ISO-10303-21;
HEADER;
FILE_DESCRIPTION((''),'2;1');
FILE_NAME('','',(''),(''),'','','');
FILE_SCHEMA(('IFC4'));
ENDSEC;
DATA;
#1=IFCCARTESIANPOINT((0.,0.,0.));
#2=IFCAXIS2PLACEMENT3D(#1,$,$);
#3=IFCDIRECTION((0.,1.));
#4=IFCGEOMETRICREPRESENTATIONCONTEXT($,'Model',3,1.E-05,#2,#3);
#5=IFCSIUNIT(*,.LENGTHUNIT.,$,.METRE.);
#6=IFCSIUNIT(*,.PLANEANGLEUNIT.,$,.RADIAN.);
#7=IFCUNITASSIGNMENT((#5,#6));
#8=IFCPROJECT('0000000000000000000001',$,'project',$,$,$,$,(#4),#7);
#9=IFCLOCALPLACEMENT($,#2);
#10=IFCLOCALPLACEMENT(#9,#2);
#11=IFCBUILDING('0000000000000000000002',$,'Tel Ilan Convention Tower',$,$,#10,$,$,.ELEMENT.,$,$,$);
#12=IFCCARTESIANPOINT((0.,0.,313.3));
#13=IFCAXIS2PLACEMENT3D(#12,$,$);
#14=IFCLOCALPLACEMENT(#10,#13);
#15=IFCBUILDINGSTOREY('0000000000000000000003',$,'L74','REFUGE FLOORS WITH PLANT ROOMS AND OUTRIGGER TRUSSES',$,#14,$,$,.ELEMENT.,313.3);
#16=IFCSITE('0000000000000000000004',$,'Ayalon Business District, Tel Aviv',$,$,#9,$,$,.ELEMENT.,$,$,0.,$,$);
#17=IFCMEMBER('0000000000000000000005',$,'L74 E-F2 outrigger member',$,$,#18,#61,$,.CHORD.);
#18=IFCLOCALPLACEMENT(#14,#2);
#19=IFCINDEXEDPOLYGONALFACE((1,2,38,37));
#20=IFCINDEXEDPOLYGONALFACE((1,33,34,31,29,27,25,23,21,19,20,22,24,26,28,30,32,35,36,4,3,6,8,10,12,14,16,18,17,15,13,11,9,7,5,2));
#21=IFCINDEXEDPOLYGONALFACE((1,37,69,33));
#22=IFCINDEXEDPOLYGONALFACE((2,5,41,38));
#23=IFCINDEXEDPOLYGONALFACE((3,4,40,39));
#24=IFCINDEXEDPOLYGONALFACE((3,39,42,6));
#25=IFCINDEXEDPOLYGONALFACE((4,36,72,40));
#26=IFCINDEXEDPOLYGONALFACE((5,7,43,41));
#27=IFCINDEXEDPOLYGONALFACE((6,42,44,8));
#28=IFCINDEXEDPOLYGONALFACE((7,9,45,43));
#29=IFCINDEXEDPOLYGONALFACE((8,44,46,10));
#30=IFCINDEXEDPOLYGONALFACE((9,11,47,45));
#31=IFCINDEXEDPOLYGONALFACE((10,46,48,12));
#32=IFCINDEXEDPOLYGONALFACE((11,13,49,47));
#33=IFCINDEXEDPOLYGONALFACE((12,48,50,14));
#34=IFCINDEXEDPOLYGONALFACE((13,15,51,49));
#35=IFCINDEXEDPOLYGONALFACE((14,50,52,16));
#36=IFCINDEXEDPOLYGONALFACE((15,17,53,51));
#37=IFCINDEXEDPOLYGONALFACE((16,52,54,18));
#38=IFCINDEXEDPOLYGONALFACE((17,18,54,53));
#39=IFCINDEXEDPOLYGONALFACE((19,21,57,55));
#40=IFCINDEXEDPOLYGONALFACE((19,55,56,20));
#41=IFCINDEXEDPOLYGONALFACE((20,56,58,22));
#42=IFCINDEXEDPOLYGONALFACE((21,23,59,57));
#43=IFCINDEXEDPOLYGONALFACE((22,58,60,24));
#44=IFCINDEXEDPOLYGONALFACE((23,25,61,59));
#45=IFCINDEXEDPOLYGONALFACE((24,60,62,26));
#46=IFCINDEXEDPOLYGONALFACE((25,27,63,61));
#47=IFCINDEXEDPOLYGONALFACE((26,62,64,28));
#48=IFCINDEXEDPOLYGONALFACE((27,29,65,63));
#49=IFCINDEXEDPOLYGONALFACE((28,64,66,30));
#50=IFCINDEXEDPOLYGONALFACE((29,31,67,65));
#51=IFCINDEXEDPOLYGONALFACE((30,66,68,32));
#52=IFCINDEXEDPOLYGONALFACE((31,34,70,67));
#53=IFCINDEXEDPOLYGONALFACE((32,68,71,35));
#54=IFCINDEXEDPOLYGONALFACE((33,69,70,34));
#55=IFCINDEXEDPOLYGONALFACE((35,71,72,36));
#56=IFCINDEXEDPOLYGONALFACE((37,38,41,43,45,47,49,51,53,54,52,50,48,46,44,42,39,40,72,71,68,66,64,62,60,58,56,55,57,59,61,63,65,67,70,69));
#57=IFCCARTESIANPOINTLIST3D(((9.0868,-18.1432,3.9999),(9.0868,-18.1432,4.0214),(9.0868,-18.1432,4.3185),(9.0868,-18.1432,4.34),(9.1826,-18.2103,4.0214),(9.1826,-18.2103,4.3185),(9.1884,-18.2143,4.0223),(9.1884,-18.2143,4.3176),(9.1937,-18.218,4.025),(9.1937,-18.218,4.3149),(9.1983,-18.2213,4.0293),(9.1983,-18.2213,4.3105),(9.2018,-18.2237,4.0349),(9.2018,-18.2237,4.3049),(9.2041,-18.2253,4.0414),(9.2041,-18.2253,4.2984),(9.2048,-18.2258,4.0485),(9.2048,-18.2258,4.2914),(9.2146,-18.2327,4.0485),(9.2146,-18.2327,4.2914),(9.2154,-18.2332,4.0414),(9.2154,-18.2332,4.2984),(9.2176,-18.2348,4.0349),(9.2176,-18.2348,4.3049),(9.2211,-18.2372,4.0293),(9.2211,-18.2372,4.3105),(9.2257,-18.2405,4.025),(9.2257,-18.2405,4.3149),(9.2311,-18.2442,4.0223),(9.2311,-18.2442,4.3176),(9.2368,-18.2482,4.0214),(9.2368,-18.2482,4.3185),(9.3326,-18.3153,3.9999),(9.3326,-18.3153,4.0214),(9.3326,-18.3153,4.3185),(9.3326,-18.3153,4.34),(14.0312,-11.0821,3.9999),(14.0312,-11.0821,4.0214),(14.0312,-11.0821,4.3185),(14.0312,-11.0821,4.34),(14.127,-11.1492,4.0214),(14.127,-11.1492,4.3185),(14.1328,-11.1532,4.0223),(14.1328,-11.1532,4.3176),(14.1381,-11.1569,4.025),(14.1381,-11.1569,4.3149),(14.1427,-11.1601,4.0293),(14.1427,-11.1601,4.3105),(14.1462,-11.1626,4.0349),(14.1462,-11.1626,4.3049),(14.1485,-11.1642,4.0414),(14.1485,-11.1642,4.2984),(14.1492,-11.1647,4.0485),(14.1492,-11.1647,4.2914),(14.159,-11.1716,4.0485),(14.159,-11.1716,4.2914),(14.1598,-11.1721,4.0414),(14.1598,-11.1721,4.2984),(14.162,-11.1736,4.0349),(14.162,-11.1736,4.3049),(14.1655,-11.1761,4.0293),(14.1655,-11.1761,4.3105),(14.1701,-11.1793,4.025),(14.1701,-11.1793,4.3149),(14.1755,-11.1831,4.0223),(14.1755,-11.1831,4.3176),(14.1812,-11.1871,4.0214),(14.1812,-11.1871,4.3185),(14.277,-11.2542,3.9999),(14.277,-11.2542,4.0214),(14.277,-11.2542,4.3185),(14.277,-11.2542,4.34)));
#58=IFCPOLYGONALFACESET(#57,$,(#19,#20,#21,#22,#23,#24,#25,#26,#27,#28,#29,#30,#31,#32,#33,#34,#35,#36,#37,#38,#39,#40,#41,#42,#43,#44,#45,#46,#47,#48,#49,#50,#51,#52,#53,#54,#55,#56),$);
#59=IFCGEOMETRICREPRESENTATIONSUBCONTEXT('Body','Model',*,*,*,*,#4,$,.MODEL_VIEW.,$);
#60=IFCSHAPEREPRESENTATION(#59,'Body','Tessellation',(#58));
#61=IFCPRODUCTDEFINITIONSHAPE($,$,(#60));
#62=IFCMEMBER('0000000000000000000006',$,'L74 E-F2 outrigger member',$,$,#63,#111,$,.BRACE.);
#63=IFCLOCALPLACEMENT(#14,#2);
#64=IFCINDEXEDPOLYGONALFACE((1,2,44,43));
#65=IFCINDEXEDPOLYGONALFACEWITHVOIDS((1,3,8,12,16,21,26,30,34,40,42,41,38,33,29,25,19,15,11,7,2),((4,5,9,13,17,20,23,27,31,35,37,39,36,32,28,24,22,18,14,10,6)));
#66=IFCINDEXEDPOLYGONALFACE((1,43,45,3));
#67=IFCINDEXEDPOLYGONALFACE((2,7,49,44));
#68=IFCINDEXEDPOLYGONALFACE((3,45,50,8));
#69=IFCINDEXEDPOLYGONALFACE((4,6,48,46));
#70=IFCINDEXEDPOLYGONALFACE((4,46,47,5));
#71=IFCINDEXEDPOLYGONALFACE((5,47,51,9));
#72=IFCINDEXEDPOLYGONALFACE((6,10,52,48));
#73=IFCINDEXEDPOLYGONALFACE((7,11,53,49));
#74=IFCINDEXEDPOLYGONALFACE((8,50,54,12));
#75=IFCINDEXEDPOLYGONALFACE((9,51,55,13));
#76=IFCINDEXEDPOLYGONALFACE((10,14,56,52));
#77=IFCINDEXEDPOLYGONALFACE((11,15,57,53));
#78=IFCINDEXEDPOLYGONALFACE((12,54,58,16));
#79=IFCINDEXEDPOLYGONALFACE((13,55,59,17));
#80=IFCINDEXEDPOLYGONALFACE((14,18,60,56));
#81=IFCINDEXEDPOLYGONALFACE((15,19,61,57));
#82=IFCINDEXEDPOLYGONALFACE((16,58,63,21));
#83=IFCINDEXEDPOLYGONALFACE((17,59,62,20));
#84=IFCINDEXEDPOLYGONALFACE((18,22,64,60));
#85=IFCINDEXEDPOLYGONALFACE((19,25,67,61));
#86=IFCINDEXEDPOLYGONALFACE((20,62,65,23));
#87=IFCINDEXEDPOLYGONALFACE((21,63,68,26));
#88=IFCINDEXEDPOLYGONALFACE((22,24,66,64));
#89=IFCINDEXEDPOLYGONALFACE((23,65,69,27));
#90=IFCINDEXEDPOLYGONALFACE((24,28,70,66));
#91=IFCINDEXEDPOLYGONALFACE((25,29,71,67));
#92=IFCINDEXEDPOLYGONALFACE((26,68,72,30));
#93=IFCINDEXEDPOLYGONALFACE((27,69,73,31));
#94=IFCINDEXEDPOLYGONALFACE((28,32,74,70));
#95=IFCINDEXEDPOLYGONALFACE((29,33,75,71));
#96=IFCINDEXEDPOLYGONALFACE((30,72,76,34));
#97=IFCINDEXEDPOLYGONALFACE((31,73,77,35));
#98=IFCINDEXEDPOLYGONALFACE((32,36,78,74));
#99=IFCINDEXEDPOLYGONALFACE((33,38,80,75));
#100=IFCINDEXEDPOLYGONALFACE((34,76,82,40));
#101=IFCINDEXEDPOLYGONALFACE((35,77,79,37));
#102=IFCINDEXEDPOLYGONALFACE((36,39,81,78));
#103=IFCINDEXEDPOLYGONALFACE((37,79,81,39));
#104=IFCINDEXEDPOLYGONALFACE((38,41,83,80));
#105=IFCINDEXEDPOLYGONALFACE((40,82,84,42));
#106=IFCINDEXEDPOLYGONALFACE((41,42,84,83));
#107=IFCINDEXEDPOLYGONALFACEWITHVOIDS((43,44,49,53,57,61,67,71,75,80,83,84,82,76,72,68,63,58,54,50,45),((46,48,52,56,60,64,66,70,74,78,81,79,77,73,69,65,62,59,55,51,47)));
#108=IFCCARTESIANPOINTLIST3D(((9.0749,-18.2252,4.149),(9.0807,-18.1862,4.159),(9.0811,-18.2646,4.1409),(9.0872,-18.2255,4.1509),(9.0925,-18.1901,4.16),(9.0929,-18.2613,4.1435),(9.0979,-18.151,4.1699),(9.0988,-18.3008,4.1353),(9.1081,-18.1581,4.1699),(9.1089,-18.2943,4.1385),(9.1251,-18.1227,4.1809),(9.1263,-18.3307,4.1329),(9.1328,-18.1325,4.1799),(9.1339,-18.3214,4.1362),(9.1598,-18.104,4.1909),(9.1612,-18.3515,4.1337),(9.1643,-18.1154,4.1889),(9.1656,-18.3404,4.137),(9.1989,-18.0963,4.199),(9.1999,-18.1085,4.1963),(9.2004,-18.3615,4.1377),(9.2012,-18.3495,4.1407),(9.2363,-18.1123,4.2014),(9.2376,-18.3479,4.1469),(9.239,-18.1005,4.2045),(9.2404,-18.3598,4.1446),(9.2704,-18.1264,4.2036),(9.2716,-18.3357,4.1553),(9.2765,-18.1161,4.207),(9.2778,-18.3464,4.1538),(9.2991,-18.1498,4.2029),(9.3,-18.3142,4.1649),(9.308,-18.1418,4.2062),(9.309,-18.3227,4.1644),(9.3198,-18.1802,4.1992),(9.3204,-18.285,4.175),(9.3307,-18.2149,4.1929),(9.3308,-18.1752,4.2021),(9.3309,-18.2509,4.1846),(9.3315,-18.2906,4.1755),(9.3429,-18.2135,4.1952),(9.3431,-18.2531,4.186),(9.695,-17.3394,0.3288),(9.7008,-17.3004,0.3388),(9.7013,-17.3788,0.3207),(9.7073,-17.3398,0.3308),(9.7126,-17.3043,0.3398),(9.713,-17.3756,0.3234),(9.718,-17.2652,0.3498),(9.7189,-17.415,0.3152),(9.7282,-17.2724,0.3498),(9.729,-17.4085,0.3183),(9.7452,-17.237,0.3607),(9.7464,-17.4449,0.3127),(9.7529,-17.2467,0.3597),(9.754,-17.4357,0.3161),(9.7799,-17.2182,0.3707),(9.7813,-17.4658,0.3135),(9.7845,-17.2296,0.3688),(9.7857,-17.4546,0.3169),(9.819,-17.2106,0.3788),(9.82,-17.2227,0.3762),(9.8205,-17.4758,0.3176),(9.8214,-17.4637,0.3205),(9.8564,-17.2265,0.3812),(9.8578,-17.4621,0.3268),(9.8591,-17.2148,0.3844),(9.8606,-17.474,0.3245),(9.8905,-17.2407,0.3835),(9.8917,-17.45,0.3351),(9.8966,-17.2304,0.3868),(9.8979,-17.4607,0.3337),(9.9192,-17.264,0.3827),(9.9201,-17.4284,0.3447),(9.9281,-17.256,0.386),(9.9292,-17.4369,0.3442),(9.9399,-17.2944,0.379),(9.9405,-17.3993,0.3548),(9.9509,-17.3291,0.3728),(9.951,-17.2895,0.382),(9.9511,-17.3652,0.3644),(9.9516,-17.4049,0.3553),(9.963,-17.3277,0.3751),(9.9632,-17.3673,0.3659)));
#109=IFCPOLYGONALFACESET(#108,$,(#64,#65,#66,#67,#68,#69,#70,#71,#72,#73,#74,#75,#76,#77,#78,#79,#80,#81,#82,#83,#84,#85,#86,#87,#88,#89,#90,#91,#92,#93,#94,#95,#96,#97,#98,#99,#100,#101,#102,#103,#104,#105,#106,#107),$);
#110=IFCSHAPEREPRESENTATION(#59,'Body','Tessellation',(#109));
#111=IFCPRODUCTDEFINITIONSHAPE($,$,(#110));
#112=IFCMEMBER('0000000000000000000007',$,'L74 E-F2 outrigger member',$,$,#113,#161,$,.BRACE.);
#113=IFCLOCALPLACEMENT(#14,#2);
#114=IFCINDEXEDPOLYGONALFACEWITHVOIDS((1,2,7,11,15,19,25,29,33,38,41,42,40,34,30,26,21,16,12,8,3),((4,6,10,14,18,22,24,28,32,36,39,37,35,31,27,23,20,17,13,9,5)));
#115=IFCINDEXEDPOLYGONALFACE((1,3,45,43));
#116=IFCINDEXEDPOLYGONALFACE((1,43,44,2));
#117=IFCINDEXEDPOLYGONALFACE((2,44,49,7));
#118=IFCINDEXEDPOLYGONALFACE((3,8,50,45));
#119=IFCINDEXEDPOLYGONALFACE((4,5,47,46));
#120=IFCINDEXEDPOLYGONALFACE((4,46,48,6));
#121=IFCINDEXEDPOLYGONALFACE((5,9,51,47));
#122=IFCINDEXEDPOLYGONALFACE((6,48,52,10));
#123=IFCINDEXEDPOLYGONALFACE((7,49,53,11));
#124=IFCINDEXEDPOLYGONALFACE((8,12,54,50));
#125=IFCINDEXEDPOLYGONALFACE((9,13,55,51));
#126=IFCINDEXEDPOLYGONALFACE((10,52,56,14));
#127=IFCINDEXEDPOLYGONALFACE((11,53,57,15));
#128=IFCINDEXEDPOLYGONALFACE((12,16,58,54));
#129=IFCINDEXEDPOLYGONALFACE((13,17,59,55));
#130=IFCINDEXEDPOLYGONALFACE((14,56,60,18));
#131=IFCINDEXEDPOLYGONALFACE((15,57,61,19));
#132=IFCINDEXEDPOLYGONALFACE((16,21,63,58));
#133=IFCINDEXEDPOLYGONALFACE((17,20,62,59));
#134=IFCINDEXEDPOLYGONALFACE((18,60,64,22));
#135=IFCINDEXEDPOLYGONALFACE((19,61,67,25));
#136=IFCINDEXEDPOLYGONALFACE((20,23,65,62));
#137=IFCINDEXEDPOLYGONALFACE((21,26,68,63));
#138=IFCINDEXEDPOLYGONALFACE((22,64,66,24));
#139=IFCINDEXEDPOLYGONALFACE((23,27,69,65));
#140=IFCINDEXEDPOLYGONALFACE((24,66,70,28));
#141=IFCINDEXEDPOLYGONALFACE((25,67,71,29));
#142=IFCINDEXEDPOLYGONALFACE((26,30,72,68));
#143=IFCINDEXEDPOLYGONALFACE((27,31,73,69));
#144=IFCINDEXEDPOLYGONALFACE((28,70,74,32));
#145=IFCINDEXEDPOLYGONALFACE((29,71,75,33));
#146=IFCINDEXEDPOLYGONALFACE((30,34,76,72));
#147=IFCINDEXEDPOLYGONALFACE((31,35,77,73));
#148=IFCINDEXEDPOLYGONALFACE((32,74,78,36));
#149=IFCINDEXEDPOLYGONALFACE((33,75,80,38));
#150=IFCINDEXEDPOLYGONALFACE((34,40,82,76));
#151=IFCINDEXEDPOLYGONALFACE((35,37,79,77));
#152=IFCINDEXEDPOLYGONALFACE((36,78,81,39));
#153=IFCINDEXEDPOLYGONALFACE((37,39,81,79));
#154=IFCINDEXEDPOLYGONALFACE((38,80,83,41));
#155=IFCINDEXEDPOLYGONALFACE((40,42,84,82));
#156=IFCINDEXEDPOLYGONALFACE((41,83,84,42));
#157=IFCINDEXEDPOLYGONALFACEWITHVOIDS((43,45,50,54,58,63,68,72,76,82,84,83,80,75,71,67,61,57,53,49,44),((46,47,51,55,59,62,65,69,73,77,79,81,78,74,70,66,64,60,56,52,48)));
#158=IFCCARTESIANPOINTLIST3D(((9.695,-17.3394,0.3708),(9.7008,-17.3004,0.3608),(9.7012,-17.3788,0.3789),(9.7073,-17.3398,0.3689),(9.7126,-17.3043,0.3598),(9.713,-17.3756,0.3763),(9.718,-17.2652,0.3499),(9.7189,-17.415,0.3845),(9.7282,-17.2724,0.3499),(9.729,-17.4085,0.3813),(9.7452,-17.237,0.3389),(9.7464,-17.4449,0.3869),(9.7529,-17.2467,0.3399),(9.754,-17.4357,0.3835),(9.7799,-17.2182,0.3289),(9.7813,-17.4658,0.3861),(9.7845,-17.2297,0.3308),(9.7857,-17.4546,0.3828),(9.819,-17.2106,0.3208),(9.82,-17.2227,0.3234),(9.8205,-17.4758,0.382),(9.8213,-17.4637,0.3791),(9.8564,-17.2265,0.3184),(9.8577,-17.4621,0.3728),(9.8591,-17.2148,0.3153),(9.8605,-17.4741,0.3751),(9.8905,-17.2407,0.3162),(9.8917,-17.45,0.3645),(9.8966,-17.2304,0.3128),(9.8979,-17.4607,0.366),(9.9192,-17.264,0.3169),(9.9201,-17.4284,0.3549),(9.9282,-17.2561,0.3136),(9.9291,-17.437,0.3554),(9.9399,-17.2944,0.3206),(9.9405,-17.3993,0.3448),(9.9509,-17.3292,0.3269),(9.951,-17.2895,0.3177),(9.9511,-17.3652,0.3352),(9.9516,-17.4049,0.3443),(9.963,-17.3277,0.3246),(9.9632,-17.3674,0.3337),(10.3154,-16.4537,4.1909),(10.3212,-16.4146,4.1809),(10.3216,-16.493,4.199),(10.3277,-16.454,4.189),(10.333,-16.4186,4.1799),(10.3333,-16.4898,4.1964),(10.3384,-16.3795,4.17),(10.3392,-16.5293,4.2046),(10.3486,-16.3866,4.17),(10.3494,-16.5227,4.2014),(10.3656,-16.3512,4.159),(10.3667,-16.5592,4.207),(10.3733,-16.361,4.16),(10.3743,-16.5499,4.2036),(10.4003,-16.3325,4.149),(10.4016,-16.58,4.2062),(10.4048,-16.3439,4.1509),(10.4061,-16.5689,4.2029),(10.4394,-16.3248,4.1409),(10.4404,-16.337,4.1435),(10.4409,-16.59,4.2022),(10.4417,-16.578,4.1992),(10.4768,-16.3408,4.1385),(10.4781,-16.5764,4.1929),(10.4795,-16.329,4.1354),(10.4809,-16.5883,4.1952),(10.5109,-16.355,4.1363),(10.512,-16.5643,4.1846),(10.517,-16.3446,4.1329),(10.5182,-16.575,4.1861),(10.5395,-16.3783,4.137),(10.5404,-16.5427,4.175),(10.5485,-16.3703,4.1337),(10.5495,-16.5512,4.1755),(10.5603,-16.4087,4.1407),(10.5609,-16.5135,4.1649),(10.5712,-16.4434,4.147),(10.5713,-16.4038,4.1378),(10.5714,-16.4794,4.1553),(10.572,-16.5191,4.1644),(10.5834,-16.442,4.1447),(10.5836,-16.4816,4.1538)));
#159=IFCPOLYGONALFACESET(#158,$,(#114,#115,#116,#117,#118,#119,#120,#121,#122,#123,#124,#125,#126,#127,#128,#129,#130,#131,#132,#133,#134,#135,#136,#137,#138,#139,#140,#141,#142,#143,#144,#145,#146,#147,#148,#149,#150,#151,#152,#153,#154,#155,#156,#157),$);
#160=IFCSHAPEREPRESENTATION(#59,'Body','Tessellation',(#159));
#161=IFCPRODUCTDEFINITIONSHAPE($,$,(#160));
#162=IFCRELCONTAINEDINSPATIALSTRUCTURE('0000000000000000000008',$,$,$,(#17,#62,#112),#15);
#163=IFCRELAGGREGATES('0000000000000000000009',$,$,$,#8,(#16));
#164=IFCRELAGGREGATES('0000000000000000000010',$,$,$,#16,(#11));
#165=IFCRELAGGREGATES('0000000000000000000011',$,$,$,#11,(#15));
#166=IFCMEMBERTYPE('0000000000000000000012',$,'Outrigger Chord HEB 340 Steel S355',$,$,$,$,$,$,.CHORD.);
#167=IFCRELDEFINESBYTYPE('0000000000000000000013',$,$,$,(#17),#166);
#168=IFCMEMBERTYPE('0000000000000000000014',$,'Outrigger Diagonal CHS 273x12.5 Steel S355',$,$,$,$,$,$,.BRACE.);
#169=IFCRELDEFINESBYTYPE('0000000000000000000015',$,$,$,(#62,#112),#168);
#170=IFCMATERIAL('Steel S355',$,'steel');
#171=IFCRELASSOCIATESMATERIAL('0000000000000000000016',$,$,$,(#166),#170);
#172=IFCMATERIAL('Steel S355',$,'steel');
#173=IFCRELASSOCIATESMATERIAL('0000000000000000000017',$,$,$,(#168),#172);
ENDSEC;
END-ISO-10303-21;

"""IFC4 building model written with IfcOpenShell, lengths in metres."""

from ifc_helpers import new_model, si_unit, direction, frame, origin, origin_2d, place, context, subcontext, project, spatial, hollow_circle, i_section, extrude, material, material_profile, profile_set, type_object, element, save


model = new_model("IFC4")

# Units and contexts
model_context = context("Model", 3, precision=1e-05, world=origin(), true_north=direction((0.0, 1.0)))
body_context = subcontext(model_context, "Body", "Model", "MODEL_VIEW")
ifc_project = project(units=[si_unit("LENGTHUNIT", "METRE"), si_unit("PLANEANGLEUNIT", "RADIAN")], contexts=[model_context])

# Site, building, storey
site_placement = place(None, origin())
site = spatial("IfcSite", under=ifc_project, at=site_placement, Name="Ayalon Business District, Tel Aviv", CompositionType="ELEMENT", RefElevation=0.0)
building_placement = place(site_placement, origin())
building = spatial("IfcBuilding", under=site, at=building_placement, Name="Tel Ilan Convention Tower", CompositionType="ELEMENT")
storey_placement = place(building_placement, frame((0.0, 0.0, 313.3)))
storey = spatial("IfcBuildingStorey", under=building, at=storey_placement, Name="L74", Description="REFUGE FLOORS WITH PLANT ROOMS AND OUTRIGGER TRUSSES", CompositionType="ELEMENT", Elevation=313.3)

# Members
ifc_material_1 = material(Name="Steel S355", Category="steel")
ifc_material_profile_1 = material_profile(ifc_material_1, i_section(OverallWidth=0.3, OverallDepth=0.3401, WebThickness=0.012, FlangeThickness=0.0215, FilletRadius=0.0271, at=origin_2d()), Name="HEB 340")
ifc_profile_set_1 = profile_set([ifc_material_profile_1], Name="Steel S355")
member_type_1 = type_object("IfcMemberType", Name="Outrigger Chord HEB 340 Steel S355", PredefinedType="CHORD", material=ifc_profile_set_1)
for number, where, z_axis, x_axis, name in (
    (1, (9.2097, -18.2292, 4.1699), (0.573588, 0.819144, 0.0), (-0.819144, 0.573588, 0.0), "L74 E-F2 outrigger member"),
):
    element("IfcMember", number, at=place(storey_placement, frame(where, z_axis=z_axis, x_axis=x_axis)), inside=storey, type_object=member_type_1, Name=name, PredefinedType="CHORD", context=body_context, shape_type="SweptSolid", body=[
        extrude(i_section(OverallWidth=0.3, OverallDepth=0.3401, WebThickness=0.012, FlangeThickness=0.0215, FilletRadius=0.0271, at=origin_2d()), origin(), (0.0, 0.0, 1.0), 8.6201),
    ])
ifc_material_2 = material(Name="Steel S355", Category="steel")
ifc_material_profile_2 = material_profile(ifc_material_2, hollow_circle(Radius=0.1365, WallThickness=0.0125, at=origin_2d()), Name="CHS 273x12.5")
ifc_profile_set_2 = profile_set([ifc_material_profile_2], Name="Steel S355")
member_type_2 = type_object("IfcMemberType", Name="Outrigger Diagonal CHS 273x12.5 Steel S355", PredefinedType="BRACE", material=ifc_profile_set_2)
for number, where, z_axis, x_axis, name in (
    (2, (9.2097, -18.2292, 4.1699), (0.156195, 0.223101, -0.9622), (-0.819189, 0.573523, 0.0), "L74 E-F2 outrigger member"),
    (3, (9.8298, -17.3435, 0.3499), (0.156255, 0.223099, 0.962191), (-0.819083, 0.573674, 0.0), "L74 E-F2 outrigger member"),
):
    element("IfcMember", number, at=place(storey_placement, frame(where, z_axis=z_axis, x_axis=x_axis)), inside=storey, type_object=member_type_2, Name=name, PredefinedType="BRACE", context=body_context, shape_type="SweptSolid", body=[
        extrude(hollow_circle(Radius=0.1365, WallThickness=0.0125, at=origin_2d()), origin(), (0.0, 0.0, 1.0), 3.9702),
    ])

save(model, "model.ifc")
